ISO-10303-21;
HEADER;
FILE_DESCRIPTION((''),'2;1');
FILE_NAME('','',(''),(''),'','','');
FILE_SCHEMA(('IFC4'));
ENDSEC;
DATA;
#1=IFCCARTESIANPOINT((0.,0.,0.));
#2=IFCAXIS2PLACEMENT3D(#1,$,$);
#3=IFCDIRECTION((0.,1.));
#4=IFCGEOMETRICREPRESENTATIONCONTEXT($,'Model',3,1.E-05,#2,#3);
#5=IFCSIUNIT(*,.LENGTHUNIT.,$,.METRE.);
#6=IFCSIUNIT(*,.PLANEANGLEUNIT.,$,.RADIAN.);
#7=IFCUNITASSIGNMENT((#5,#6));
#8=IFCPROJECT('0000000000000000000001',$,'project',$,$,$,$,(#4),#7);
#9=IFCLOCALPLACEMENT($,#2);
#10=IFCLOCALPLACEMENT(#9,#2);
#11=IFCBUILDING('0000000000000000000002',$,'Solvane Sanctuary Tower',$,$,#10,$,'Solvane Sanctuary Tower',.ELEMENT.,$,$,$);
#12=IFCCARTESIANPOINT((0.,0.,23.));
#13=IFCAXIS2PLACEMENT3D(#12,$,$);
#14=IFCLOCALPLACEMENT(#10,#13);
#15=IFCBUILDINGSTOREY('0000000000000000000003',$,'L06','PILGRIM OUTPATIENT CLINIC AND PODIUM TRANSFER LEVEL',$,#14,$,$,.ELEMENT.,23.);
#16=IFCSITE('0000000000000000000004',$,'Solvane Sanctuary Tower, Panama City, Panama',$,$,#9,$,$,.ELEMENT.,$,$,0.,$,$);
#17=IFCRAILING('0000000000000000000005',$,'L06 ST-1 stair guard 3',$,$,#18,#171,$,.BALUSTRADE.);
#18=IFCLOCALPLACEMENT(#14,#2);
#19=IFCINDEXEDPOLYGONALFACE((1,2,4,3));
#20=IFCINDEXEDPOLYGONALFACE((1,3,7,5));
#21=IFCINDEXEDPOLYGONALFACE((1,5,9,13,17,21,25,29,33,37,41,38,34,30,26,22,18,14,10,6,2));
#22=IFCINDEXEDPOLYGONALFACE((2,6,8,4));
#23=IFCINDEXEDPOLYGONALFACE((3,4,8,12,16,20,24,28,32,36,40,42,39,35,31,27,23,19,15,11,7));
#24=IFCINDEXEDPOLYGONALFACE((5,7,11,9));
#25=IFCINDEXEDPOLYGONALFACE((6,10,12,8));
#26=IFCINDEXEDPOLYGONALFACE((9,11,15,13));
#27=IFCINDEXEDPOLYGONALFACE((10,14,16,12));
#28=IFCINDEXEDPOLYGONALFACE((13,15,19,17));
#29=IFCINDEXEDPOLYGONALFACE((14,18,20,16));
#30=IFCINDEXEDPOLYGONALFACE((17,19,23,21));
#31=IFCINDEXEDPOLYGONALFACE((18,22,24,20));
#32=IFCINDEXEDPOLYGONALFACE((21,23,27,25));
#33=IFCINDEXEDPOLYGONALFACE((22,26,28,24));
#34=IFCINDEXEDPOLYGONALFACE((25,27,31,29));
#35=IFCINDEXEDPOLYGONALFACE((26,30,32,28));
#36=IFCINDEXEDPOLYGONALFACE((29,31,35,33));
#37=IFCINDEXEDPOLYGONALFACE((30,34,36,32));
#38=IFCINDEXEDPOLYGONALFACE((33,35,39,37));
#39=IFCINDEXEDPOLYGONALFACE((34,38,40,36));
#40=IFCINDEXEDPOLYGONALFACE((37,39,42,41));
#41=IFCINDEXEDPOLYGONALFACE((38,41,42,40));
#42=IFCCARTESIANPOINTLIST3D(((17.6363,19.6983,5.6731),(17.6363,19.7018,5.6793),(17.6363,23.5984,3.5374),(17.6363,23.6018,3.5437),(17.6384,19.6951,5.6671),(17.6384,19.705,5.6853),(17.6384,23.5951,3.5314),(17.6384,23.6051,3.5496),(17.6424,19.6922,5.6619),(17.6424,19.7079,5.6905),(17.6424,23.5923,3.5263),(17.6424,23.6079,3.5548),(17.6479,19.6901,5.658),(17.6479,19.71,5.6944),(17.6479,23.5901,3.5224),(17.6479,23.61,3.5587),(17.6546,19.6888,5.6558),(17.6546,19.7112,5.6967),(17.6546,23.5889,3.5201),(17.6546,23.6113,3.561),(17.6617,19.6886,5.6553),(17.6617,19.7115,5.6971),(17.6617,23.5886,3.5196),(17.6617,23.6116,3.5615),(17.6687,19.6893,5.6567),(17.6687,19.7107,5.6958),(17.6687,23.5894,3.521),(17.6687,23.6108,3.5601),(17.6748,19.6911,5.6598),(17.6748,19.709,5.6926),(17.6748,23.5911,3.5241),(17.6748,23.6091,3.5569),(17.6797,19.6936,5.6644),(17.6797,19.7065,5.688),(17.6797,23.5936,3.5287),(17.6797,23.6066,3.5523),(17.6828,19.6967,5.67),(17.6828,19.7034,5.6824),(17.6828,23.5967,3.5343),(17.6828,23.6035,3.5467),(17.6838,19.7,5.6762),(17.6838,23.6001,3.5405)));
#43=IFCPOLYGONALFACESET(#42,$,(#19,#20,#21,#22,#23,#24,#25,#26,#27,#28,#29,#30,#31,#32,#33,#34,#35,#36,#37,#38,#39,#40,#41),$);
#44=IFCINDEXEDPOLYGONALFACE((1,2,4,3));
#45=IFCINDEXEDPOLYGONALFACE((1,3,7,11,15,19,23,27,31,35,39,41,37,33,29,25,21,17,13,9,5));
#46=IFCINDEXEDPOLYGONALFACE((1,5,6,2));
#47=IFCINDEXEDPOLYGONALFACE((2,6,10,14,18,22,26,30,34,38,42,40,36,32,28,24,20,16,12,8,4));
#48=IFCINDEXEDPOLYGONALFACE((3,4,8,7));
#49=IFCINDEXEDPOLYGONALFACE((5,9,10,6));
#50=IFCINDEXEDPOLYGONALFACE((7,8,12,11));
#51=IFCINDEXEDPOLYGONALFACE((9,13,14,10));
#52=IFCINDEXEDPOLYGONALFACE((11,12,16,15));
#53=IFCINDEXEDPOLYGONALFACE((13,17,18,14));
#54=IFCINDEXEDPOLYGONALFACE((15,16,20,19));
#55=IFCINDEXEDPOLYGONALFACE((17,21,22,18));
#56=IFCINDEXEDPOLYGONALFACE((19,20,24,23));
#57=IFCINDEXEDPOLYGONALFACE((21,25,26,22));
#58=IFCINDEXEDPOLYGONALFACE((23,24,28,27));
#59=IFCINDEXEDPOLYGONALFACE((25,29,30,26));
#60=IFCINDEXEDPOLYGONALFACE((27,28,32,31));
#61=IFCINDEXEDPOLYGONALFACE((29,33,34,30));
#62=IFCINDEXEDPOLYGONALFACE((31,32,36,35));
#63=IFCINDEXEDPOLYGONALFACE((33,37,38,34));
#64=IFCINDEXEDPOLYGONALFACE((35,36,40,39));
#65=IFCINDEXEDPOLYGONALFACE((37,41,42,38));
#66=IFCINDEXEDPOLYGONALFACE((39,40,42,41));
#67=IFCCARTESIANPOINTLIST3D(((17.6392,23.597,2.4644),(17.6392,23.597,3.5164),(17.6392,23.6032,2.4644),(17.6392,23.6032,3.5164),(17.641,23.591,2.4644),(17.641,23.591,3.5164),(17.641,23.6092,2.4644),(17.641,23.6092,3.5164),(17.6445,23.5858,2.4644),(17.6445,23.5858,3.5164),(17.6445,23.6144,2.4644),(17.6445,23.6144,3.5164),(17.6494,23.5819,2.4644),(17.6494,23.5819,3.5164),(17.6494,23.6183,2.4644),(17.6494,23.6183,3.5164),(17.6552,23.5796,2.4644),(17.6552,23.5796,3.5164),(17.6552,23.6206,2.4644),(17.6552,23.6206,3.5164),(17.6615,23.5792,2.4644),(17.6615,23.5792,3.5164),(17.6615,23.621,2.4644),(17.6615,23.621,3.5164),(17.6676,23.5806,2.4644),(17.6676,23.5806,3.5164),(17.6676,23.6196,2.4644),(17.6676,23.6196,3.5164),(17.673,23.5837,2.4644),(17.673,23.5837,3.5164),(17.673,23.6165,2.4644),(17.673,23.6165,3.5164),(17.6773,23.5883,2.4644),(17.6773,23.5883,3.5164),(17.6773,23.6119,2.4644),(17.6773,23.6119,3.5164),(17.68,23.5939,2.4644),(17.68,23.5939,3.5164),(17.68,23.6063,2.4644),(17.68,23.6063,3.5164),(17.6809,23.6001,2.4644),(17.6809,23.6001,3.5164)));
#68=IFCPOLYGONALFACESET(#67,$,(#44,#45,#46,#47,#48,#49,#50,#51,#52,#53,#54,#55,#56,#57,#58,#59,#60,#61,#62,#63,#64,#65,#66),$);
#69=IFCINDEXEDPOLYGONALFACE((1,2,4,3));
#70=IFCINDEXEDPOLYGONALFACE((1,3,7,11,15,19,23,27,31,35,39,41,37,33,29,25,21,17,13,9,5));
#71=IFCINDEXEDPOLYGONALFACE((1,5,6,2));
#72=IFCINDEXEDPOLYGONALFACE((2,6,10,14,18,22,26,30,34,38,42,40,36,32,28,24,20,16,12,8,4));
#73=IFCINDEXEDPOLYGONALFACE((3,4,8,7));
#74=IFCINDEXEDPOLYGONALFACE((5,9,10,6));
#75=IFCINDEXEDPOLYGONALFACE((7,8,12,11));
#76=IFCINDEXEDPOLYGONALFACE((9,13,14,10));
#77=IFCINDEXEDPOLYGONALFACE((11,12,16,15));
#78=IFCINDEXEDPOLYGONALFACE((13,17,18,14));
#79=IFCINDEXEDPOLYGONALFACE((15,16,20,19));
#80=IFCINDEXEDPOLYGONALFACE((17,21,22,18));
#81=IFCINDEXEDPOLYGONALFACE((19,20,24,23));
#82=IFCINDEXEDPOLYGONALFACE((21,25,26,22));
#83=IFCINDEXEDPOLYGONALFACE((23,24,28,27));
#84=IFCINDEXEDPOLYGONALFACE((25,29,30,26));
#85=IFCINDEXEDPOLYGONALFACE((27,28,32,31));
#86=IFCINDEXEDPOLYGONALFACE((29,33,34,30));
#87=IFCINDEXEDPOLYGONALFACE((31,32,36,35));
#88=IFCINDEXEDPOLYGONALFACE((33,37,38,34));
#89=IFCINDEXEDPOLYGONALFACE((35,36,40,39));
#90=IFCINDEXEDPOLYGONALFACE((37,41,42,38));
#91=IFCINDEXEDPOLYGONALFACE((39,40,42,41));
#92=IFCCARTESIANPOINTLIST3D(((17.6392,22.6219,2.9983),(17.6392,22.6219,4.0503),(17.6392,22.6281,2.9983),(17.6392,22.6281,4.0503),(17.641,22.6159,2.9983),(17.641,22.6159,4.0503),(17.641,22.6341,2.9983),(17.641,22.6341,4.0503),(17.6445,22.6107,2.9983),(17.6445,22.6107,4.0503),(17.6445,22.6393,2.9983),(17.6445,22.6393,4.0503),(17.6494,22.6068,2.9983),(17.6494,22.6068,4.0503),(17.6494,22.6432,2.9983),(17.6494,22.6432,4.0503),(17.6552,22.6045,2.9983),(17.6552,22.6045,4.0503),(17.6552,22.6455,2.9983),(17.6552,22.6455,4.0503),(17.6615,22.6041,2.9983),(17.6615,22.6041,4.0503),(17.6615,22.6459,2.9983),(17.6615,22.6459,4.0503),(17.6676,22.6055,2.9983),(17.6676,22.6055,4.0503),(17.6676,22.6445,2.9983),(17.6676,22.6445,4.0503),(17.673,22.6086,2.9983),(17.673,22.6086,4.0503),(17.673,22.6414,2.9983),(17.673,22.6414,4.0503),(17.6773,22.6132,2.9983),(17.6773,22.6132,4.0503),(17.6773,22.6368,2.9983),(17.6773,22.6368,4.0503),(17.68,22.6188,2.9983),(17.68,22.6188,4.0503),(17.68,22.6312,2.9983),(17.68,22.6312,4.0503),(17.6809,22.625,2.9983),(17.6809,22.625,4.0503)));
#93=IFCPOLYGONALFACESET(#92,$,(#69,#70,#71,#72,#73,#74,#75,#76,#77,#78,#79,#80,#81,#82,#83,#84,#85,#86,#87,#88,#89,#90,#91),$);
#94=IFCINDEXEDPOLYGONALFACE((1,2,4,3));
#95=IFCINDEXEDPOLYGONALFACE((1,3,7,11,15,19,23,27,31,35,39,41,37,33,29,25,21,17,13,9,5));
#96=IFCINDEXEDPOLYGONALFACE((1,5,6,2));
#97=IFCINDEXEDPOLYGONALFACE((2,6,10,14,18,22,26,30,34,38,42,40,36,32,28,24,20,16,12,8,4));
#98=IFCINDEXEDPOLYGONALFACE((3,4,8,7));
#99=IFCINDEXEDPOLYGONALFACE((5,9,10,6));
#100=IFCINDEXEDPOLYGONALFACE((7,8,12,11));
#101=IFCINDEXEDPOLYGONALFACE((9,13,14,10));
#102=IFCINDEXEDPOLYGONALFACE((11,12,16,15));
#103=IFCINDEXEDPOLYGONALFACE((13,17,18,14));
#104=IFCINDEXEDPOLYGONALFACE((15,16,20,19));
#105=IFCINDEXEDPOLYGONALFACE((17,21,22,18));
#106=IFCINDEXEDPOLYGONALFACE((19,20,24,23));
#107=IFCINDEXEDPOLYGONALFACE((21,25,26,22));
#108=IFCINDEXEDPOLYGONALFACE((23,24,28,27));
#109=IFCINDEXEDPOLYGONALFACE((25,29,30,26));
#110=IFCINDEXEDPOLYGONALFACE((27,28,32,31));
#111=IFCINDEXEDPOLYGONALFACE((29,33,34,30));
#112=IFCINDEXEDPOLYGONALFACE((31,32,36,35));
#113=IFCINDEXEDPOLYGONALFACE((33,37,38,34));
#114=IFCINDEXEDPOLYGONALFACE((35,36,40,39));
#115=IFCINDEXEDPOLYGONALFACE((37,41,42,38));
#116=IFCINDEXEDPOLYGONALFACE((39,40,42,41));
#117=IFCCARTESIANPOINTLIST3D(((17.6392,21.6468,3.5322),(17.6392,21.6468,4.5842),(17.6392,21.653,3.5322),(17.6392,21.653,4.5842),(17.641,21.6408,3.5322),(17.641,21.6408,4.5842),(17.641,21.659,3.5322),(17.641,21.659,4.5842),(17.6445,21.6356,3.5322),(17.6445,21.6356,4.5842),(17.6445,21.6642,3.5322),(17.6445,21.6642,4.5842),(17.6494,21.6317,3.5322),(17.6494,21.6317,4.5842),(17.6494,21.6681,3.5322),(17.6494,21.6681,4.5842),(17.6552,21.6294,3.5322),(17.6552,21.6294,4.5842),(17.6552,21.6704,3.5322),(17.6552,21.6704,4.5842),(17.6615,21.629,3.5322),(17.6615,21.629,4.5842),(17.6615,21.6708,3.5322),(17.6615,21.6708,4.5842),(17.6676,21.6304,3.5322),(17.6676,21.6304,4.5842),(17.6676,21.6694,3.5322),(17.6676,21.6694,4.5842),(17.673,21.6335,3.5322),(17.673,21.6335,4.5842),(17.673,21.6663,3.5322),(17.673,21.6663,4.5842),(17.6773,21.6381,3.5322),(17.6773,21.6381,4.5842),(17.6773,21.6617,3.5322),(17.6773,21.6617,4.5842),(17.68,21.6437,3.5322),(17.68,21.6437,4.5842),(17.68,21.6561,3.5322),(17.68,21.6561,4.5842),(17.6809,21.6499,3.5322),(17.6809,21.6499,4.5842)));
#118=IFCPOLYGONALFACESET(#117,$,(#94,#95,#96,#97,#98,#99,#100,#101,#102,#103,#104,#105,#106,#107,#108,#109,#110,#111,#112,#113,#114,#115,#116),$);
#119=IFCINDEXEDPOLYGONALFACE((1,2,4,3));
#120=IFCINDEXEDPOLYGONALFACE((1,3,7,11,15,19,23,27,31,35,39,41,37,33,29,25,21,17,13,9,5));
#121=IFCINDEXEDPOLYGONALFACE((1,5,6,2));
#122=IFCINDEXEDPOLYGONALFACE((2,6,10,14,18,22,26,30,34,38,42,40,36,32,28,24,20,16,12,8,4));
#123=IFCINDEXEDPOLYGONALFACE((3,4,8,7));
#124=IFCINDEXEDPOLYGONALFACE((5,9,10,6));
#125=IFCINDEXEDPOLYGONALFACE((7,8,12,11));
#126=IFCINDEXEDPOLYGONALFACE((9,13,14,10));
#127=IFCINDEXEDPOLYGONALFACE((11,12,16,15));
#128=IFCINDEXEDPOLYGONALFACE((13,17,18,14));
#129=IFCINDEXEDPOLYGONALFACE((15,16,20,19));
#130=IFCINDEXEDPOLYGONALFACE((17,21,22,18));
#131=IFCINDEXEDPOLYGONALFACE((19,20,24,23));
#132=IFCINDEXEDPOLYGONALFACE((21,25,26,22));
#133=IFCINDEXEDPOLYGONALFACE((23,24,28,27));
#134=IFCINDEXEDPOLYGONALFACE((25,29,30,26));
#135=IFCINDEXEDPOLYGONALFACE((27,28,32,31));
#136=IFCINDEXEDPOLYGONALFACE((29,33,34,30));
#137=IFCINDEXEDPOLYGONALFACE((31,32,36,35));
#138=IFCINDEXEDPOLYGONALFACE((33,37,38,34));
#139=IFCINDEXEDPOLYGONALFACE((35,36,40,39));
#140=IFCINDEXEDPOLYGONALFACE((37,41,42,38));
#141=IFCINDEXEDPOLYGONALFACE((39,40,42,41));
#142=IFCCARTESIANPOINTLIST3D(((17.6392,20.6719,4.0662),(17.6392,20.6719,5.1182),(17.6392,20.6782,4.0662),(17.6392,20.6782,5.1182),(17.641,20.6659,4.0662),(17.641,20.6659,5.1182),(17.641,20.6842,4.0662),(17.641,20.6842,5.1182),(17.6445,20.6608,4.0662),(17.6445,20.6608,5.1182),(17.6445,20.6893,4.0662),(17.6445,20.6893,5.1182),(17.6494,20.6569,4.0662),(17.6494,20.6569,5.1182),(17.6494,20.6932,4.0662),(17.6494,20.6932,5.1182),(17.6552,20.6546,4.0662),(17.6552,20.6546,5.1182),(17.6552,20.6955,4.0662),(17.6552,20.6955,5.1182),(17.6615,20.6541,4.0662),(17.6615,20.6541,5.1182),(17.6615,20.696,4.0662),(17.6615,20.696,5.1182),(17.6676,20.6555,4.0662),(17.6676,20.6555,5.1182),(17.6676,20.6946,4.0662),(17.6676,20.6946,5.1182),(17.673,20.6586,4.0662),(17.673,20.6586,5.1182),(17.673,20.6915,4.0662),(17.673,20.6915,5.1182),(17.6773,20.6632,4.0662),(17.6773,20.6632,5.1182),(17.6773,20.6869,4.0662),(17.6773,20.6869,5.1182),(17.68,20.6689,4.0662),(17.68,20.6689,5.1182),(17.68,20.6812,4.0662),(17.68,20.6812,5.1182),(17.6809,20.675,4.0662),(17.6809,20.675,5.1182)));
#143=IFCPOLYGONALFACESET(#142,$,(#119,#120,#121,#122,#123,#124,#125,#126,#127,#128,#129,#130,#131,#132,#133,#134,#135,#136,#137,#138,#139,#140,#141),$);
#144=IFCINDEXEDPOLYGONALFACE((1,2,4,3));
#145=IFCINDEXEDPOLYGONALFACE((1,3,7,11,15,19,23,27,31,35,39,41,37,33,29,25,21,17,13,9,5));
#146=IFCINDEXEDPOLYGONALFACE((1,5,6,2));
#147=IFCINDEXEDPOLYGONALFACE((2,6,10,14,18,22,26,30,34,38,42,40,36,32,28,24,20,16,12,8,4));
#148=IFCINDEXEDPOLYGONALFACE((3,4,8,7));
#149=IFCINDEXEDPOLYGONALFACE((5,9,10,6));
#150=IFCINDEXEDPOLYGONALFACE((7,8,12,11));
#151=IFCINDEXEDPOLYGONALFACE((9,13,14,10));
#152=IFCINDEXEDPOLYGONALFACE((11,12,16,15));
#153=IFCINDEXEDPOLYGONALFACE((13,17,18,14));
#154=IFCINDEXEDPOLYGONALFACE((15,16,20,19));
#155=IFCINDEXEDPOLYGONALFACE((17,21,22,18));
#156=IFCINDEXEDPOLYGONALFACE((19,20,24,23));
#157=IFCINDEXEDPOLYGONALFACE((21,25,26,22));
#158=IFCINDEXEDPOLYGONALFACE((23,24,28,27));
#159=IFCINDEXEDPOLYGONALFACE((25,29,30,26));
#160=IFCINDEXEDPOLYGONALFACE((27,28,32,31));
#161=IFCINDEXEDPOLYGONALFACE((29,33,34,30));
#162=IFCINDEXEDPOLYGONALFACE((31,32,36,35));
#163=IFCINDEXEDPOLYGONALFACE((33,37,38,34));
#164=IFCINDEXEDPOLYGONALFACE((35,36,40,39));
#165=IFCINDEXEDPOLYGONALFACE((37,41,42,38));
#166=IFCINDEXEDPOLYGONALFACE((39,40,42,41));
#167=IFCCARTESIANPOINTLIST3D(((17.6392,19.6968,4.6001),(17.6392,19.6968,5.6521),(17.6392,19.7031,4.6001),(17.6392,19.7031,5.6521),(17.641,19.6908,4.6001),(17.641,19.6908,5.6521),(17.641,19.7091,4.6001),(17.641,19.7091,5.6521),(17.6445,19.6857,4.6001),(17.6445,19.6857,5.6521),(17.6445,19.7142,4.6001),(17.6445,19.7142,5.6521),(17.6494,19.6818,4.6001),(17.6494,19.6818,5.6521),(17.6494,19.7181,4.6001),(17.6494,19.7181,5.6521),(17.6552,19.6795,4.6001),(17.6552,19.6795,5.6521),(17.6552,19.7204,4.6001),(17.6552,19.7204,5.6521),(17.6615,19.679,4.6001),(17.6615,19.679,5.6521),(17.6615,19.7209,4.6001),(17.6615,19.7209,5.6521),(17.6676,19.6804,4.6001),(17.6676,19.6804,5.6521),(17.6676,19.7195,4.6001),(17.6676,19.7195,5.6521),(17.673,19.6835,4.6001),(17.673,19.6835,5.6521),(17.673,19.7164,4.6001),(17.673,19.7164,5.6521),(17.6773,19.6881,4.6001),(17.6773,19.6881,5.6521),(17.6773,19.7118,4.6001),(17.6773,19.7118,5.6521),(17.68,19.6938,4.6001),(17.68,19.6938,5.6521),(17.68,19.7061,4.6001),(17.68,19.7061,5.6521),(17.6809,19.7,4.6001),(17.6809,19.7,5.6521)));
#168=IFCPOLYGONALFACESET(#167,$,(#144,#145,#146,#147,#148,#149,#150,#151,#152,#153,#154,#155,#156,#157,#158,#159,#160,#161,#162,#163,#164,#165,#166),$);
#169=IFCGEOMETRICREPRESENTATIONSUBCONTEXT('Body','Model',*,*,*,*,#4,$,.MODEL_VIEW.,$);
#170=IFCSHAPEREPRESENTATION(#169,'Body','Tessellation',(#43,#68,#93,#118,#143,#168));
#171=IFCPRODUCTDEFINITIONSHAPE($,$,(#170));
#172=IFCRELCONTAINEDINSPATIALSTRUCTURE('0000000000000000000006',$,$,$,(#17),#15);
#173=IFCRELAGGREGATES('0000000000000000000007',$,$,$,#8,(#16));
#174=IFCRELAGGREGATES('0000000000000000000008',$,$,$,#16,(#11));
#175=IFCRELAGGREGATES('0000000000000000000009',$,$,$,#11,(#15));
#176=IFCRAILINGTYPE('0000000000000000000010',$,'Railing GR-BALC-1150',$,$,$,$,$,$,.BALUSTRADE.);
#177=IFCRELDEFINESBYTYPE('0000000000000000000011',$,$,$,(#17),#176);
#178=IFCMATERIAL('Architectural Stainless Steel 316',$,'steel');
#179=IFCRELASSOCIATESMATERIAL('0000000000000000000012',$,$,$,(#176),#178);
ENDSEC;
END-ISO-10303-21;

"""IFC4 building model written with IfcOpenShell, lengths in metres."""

from ifc_helpers import new_model, si_unit, direction, frame, origin, origin_2d, place, context, subcontext, project, spatial, circle, extrude, material, type_object, element, save


model = new_model("IFC4")

# Units and contexts
model_context = context("Model", 3, precision=1e-05, world=origin(), true_north=direction((0.0, 1.0)))
body_context = subcontext(model_context, "Body", "Model", "MODEL_VIEW")
ifc_project = project(units=[si_unit("LENGTHUNIT", "METRE"), si_unit("PLANEANGLEUNIT", "RADIAN")], contexts=[model_context])

# Site, building, storey
site_placement = place(None, origin())
site = spatial("IfcSite", under=ifc_project, at=site_placement, Name="Solvane Sanctuary Tower, Panama City, Panama", CompositionType="ELEMENT", RefElevation=0.0)
building_placement = place(site_placement, origin())
building = spatial("IfcBuilding", under=site, at=building_placement, Name="Solvane Sanctuary Tower", LongName="Solvane Sanctuary Tower", CompositionType="ELEMENT")
storey_placement = place(building_placement, frame((0.0, 0.0, 23.0)))
storey = spatial("IfcBuildingStorey", under=building, at=storey_placement, Name="L06", Description="PILGRIM OUTPATIENT CLINIC AND PODIUM TRANSFER LEVEL", CompositionType="ELEMENT", Elevation=23.0)

# Railing
ifc_material_1 = material(Name="Architectural Stainless Steel 316", Category="steel")
railing_type_1 = type_object("IfcRailingType", Name="Railing GR-BALC-1150", PredefinedType="BALUSTRADE", material=ifc_material_1)
railing_1_placement = place(storey_placement, frame((17.6599, 23.6001, 2.4644)))
element("IfcRailing", 1, at=railing_1_placement, inside=storey, type_object=railing_type_1, Name="L06 ST-1 stair guard 3", PredefinedType="BALUSTRADE", context=body_context, shape_type="SweptSolid", body=[
    extrude(circle(Radius=0.0239, at=origin_2d()), frame((0.0, 0.0, 1.0762), z_axis=(0.0, -0.877101, 0.480306), x_axis=(1.0, 0.0, 0.0)), (0.0, 0.0, 1.0), 4.4465),
    extrude(circle(Radius=0.021, at=origin_2d()), origin(), (0.0, 0.0, 1.0), 1.052),
    extrude(circle(Radius=0.021, at=origin_2d()), frame((0.0, -0.9751, 0.5339)), (0.0, 0.0, 1.0), 1.052),
    extrude(circle(Radius=0.021, at=origin_2d()), frame((0.0, -1.9502, 1.0679)), (0.0, 0.0, 1.0), 1.052),
    extrude(circle(Radius=0.021, at=origin_2d()), frame((0.0, -2.925, 1.6018)), (0.0, 0.0, 1.0), 1.052),
    extrude(circle(Radius=0.021, at=origin_2d()), frame((0.0, -3.9001, 2.1357)), (0.0, 0.0, 1.0), 1.052),
])

save(model, "model.ifc")
